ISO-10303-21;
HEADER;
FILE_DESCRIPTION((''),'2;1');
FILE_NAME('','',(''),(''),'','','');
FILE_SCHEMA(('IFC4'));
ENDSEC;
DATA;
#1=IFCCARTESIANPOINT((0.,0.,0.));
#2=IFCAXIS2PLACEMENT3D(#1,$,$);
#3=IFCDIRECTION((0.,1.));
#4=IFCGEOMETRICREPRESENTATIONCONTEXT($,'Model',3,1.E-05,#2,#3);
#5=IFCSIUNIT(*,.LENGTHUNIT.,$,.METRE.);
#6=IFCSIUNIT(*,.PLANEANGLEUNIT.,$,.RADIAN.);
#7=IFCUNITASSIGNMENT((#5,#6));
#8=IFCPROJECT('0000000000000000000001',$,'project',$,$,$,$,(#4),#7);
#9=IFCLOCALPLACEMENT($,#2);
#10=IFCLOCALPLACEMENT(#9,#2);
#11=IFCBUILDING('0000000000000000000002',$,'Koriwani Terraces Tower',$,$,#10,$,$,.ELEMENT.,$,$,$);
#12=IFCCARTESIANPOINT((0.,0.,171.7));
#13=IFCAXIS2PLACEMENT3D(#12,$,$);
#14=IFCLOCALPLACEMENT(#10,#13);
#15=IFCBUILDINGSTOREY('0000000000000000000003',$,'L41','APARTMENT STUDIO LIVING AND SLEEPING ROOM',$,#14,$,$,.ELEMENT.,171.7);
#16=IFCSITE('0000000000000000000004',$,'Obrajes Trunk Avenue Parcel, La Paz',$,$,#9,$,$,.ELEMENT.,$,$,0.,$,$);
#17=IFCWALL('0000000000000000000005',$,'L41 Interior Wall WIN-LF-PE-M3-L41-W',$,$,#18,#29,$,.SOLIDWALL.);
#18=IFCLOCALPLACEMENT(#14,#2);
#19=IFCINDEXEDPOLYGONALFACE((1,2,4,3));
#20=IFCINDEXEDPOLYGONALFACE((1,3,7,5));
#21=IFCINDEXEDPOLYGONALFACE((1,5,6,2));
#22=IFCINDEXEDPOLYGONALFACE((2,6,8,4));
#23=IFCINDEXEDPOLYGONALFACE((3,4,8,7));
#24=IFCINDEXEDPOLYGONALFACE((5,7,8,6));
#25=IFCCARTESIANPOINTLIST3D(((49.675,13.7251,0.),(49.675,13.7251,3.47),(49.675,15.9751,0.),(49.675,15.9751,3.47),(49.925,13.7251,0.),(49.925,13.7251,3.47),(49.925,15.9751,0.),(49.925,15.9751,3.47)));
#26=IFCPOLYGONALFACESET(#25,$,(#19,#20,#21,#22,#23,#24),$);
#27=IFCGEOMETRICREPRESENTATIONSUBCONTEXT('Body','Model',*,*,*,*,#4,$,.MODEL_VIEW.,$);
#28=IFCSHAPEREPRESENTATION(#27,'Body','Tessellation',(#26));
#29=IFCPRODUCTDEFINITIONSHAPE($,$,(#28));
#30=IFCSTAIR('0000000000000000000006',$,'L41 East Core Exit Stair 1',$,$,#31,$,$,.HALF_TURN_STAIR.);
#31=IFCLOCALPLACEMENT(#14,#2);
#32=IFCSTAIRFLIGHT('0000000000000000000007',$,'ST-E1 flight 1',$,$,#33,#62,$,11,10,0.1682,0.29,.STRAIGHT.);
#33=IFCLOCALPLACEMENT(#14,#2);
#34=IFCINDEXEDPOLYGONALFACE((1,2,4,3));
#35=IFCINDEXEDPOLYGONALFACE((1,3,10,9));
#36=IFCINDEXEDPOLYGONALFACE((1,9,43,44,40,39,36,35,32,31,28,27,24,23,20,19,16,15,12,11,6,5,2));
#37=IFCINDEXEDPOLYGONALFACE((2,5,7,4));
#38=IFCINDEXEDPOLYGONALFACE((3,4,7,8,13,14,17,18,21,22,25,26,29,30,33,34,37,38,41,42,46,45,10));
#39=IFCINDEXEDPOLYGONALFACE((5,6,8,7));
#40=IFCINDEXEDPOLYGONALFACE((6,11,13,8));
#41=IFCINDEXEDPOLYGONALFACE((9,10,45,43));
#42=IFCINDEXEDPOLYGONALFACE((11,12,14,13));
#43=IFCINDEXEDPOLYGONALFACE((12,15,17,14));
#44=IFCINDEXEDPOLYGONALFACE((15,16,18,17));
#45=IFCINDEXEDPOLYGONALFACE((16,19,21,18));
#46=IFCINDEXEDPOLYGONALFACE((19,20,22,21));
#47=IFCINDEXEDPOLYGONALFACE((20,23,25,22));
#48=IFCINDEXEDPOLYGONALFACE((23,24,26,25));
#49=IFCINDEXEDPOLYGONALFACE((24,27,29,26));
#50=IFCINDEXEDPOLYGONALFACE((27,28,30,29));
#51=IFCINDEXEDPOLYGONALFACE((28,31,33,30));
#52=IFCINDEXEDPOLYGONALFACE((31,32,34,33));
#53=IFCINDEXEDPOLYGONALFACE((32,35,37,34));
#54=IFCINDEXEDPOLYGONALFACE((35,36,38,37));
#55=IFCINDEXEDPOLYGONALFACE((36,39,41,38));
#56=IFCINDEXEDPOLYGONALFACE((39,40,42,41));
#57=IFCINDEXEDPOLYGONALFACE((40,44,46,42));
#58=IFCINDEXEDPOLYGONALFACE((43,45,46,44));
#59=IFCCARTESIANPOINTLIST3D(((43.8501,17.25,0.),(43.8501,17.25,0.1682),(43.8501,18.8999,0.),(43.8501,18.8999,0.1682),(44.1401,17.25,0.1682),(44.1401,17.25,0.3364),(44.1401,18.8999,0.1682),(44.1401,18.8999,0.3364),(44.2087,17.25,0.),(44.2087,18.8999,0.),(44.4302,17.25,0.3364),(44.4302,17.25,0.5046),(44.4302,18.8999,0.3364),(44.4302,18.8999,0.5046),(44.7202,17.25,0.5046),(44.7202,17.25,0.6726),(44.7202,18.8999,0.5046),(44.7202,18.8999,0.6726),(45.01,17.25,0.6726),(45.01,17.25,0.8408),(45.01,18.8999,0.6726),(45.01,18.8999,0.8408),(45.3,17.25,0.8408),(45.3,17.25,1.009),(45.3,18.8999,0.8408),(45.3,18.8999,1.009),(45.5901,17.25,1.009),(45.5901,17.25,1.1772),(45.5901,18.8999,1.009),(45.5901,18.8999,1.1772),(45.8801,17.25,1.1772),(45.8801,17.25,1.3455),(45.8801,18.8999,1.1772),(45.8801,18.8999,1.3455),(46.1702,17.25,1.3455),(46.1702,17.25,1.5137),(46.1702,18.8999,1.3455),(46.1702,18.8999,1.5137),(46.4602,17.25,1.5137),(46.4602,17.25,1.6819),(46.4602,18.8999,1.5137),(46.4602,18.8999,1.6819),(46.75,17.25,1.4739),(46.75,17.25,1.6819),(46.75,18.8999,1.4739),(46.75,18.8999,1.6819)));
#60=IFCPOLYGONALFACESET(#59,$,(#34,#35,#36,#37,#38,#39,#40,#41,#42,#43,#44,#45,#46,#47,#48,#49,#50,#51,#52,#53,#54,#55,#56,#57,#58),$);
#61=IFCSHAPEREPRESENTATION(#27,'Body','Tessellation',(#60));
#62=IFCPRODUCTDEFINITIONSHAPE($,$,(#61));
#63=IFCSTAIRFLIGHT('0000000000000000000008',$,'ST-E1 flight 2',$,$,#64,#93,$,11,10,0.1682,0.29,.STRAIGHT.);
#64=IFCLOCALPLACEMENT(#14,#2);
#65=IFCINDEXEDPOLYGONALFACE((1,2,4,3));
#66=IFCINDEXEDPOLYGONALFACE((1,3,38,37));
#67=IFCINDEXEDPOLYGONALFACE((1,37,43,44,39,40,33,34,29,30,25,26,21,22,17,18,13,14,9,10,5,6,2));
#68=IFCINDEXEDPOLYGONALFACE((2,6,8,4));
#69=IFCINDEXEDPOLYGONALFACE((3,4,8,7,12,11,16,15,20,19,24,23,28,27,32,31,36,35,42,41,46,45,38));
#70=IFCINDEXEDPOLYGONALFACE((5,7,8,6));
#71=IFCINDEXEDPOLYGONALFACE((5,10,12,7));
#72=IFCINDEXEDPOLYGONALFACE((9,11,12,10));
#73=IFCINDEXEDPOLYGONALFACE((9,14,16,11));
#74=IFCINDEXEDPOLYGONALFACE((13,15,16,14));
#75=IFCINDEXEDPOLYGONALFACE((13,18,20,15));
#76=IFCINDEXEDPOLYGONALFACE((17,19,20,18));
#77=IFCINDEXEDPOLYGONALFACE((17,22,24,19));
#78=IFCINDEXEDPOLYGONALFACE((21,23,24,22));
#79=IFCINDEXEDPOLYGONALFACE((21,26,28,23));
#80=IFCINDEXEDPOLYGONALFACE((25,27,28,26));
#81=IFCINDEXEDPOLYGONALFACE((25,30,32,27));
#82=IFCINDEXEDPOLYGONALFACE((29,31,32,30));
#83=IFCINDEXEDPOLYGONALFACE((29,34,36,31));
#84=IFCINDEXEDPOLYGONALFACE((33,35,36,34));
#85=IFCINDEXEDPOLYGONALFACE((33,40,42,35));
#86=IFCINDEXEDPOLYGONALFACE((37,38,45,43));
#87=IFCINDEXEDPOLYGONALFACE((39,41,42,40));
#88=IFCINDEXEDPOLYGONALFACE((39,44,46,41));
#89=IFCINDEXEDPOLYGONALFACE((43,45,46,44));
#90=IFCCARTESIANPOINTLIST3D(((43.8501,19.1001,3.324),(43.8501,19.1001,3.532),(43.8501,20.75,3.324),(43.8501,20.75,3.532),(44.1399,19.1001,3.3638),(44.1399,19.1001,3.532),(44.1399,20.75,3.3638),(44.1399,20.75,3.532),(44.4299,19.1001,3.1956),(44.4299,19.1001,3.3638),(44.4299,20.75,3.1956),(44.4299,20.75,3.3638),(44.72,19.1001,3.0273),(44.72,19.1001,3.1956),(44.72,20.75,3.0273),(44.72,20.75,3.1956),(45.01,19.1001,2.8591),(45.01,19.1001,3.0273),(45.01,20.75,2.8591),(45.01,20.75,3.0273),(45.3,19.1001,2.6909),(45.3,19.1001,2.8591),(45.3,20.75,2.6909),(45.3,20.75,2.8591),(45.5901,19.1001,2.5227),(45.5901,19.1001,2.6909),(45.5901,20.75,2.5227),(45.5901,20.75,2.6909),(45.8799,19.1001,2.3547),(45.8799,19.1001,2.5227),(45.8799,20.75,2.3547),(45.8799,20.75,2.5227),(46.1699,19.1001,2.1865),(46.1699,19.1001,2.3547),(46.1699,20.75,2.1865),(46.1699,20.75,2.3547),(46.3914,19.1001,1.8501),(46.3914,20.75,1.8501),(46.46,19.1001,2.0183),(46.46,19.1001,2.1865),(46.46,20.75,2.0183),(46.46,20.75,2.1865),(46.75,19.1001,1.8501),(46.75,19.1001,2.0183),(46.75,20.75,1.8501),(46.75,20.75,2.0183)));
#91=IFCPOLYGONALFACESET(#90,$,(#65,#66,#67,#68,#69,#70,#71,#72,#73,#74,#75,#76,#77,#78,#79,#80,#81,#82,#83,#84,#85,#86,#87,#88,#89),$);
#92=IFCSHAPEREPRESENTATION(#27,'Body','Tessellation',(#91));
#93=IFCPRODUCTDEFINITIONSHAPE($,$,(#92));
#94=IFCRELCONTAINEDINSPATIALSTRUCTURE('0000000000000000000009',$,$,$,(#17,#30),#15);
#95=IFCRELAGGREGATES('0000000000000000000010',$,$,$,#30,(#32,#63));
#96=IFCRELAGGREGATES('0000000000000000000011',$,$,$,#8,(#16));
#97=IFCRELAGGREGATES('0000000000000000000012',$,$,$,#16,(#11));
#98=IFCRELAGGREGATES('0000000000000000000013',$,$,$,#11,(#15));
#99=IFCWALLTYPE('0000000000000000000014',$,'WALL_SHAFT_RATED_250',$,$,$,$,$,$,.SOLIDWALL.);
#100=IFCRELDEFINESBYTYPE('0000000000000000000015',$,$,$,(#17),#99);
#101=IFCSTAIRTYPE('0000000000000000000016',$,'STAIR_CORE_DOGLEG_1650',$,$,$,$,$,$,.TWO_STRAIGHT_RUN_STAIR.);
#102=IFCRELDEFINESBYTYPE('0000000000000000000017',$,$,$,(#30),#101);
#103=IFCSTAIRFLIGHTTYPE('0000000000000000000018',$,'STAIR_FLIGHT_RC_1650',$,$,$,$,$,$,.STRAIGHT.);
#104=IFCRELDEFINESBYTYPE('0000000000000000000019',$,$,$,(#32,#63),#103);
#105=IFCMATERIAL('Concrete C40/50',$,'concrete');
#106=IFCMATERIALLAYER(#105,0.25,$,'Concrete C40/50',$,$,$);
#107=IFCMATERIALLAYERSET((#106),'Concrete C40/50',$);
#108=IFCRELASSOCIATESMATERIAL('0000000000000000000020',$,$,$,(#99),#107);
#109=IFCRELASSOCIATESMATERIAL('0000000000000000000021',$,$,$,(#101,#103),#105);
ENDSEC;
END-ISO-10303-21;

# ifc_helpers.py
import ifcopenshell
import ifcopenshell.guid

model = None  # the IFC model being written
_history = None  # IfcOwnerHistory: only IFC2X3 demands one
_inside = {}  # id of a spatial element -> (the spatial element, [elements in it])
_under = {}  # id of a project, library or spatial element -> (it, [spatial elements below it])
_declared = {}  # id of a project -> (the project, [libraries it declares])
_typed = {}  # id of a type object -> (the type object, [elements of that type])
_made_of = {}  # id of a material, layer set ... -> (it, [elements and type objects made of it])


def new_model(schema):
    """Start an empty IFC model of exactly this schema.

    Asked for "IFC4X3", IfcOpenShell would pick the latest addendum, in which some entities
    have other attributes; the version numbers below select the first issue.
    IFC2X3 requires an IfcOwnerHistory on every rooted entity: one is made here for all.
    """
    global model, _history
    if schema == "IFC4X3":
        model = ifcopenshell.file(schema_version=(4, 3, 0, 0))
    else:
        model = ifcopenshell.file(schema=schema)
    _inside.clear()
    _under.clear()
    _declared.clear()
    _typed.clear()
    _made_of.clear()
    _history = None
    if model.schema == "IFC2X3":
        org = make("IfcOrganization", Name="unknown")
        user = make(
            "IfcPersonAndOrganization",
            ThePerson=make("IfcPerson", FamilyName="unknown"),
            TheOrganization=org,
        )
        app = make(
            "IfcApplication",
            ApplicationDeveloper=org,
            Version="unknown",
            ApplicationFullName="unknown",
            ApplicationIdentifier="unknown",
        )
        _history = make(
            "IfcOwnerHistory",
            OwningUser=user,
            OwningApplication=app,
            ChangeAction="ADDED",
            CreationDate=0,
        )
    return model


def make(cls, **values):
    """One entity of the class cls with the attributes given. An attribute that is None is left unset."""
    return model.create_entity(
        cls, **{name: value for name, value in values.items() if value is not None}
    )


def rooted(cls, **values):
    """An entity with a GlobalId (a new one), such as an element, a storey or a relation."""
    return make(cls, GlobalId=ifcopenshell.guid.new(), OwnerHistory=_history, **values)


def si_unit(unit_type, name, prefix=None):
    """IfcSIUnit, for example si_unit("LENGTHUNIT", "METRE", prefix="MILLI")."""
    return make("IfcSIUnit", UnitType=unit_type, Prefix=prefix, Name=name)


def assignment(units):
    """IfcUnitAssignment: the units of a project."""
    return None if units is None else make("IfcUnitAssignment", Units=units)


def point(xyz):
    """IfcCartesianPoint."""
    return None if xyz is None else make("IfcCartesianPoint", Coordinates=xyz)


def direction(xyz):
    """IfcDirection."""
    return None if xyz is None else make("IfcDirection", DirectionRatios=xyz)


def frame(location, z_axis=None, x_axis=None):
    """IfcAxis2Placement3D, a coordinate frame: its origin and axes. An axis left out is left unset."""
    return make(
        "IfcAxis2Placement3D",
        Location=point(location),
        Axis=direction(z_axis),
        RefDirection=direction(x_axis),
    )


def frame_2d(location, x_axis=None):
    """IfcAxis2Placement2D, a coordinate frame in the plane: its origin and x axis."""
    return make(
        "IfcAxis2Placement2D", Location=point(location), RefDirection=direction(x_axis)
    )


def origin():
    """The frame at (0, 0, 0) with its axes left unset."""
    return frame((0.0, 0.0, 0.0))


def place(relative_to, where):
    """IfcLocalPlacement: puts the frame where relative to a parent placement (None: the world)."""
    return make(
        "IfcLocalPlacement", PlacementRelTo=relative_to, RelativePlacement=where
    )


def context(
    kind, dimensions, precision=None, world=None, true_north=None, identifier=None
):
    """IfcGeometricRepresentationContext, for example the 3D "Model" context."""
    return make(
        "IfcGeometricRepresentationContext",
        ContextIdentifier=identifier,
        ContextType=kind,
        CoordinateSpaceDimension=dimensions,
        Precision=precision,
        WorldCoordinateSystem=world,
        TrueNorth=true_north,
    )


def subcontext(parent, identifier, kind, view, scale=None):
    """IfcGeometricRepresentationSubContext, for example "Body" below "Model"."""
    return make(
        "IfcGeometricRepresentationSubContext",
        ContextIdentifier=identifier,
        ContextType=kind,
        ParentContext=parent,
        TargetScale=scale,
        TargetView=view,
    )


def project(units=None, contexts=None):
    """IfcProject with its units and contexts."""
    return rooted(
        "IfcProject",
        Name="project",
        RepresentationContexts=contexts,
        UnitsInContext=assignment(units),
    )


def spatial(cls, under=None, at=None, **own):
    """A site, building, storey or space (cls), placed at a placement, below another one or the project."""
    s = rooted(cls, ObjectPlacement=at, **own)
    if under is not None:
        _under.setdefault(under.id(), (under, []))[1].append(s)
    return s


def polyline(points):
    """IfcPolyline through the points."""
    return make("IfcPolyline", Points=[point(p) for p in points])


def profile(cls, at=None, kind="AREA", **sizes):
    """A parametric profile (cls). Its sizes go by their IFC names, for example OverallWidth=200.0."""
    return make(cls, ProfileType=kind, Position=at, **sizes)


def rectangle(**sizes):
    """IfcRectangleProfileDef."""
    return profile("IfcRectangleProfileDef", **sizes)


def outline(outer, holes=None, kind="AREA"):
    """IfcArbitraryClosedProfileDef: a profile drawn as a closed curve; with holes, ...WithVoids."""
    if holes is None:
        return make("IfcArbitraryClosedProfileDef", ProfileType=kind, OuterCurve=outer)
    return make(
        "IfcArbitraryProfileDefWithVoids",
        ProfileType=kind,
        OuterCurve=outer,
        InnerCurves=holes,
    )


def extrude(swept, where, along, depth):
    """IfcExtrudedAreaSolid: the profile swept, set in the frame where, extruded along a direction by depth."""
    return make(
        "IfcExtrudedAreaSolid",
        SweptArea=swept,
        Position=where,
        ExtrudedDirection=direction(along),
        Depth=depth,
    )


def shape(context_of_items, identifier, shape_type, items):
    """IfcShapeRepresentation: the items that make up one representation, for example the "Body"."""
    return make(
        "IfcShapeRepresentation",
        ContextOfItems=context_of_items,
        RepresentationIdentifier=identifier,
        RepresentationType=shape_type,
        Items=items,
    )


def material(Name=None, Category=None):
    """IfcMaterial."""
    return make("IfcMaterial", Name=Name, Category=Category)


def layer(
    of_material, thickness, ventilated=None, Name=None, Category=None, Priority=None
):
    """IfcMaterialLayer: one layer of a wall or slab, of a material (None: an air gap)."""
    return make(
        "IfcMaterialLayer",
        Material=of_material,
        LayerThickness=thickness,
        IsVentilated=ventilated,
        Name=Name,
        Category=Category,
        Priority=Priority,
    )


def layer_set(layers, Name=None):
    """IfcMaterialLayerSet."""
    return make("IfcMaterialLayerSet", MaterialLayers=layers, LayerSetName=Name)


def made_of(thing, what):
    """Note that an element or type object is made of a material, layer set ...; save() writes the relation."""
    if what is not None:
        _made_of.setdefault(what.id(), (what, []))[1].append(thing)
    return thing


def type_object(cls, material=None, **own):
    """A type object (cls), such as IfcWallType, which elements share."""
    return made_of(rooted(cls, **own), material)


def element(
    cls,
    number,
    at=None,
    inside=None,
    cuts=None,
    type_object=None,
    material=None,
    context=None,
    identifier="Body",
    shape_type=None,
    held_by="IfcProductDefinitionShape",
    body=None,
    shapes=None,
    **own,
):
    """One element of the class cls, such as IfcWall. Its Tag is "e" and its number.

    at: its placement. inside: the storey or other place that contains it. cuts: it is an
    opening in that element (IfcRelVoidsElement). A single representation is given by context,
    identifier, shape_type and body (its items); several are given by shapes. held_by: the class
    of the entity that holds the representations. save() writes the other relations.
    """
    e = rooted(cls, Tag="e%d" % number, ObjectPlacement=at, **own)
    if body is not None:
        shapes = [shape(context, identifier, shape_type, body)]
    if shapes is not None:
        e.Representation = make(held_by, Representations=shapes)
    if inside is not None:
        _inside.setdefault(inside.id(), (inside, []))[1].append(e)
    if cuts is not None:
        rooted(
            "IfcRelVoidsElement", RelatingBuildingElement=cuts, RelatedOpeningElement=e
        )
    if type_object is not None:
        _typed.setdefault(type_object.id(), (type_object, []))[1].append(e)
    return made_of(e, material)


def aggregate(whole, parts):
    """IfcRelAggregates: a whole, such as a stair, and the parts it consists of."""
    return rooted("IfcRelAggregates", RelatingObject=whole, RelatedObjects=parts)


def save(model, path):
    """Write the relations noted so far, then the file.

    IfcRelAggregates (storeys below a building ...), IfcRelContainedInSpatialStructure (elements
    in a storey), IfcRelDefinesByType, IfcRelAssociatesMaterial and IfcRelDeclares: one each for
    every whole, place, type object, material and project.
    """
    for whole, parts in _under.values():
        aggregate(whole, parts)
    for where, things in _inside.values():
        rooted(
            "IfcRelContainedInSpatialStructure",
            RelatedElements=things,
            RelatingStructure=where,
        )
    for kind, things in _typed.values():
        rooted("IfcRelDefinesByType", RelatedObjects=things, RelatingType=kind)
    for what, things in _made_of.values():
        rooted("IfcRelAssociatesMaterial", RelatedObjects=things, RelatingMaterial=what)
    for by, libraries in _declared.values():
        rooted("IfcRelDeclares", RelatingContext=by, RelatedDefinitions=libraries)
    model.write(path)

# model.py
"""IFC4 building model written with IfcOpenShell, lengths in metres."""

from ifc_helpers import new_model, si_unit, direction, frame, frame_2d, origin, place, context, subcontext, project, spatial, polyline, rectangle, outline, extrude, material, layer, layer_set, type_object, element, aggregate, save


model = new_model("IFC4")

# Units and contexts
model_context = context("Model", 3, precision=1e-05, world=origin(), true_north=direction((0.0, 1.0)))
body_context = subcontext(model_context, "Body", "Model", "MODEL_VIEW")
ifc_project = project(units=[si_unit("LENGTHUNIT", "METRE"), si_unit("PLANEANGLEUNIT", "RADIAN")], contexts=[model_context])

# Site, building, storey
site_placement = place(None, origin())
site = spatial("IfcSite", under=ifc_project, at=site_placement, Name="Obrajes Trunk Avenue Parcel, La Paz", CompositionType="ELEMENT", RefElevation=0.0)
building_placement = place(site_placement, origin())
building = spatial("IfcBuilding", under=site, at=building_placement, Name="Koriwani Terraces Tower", CompositionType="ELEMENT")
storey_placement = place(building_placement, frame((0.0, 0.0, 171.7)))
storey = spatial("IfcBuildingStorey", under=building, at=storey_placement, Name="L41", Description="APARTMENT STUDIO LIVING AND SLEEPING ROOM", CompositionType="ELEMENT", Elevation=171.7)

# Shared definitions
ifc_material_1 = material(Name="Concrete C40/50", Category="concrete")

# Shared definitions
ifc_layer_1 = layer(ifc_material_1, 0.25, Name="Concrete C40/50")
ifc_layer_set_1 = layer_set([ifc_layer_1], Name="Concrete C40/50")
wall_type_1 = type_object("IfcWallType", Name="WALL_SHAFT_RATED_250", PredefinedType="SOLIDWALL", material=ifc_layer_set_1)

# Wall
for number, where, z_axis, x_axis, name in (
    (1, (49.8, 13.7251, 0.0), (0.0, 0.0, 1.0), (0.0, 1.0, 0.0), "L41 Interior Wall WIN-LF-PE-M3-L41-W"),
):
    element("IfcWall", number, at=place(storey_placement, frame(where, z_axis=z_axis, x_axis=x_axis)), inside=storey, type_object=wall_type_1, Name=name, PredefinedType="SOLIDWALL", context=body_context, shape_type="SweptSolid", body=[
        extrude(rectangle(XDim=2.25, YDim=0.25, at=frame_2d((1.125, 0.0))), origin(), (0.0, 0.0, 1.0), 3.47),
    ])

# Stair, stair flights
stair_type = type_object("IfcStairType", Name="STAIR_CORE_DOGLEG_1650", PredefinedType="TWO_STRAIGHT_RUN_STAIR", material=ifc_material_1)
stair_placement = place(storey_placement, origin())
stair = element("IfcStair", 2, at=stair_placement, inside=storey, type_object=stair_type, Name="L41 East Core Exit Stair 1", PredefinedType="HALF_TURN_STAIR")
stair_flight_type = type_object("IfcStairFlightType", Name="STAIR_FLIGHT_RC_1650", PredefinedType="STRAIGHT", material=ifc_material_1)
stair_flight_1_placement = place(storey_placement, frame((43.8501, 18.075, 0.0), z_axis=(0.0, 0.0, 1.0), x_axis=(1.0, 0.0, 0.0)))
stair_flight_1 = element("IfcStairFlight", 3, at=stair_flight_1_placement, type_object=stair_flight_type, Name="ST-E1 flight 1", NumberOfRisers=11, NumberOfTreads=10, PredefinedType="STRAIGHT", RiserHeight=0.1682, TreadLength=0.29, context=body_context, shape_type="SweptSolid", body=[
    extrude(outline(polyline([(0.0, 0.0), (0.0, 0.1682), (0.29, 0.1682), (0.29, 0.3364), (0.5801, 0.3364), (0.5801, 0.5046), (0.8701, 0.5046), (0.8701, 0.6726), (1.1599, 0.6726), (1.1599, 0.8408), (1.45, 0.8408), (1.45, 1.009), (1.74, 1.009), (1.74, 1.1772), (2.03, 1.1772), (2.03, 1.3455), (2.3201, 1.3455), (2.3201, 1.5137), (2.6101, 1.5137), (2.6101, 1.6819), (2.8999, 1.6819), (2.8999, 1.8501), (2.8999, 1.4739), (0.3586, 0.0), (0.0, 0.0)])), frame((0.0, 0.825, 0.0), z_axis=(0.0, -1.0, 0.0), x_axis=(1.0, 0.0, 0.0)), (0.0, 0.0, 1.0), 1.6499),
])
stair_flight_2_placement = place(storey_placement, frame((46.75, 19.925, 1.8501), z_axis=(0.0, 0.0, 1.0), x_axis=(-1.0, 0.0, 0.0)))
stair_flight_2 = element("IfcStairFlight", 4, at=stair_flight_2_placement, type_object=stair_flight_type, Name="ST-E1 flight 2", NumberOfRisers=11, NumberOfTreads=10, PredefinedType="STRAIGHT", RiserHeight=0.1682, TreadLength=0.29, context=body_context, shape_type="SweptSolid", body=[
    extrude(outline(polyline([(0.0, 0.0), (0.0, 0.1682), (0.29, 0.1682), (0.29, 0.3364), (0.5801, 0.3364), (0.5801, 0.5046), (0.8701, 0.5046), (0.8701, 0.6726), (1.1599, 0.6726), (1.1599, 0.8408), (1.45, 0.8408), (1.45, 1.009), (1.74, 1.009), (1.74, 1.1772), (2.03, 1.1772), (2.03, 1.3455), (2.3201, 1.3455), (2.3201, 1.5137), (2.6101, 1.5137), (2.6101, 1.6819), (2.8999, 1.6819), (2.8999, 1.8501), (2.8999, 1.4739), (0.3586, 0.0), (0.0, 0.0)])), frame((0.0, 0.825, 0.0), z_axis=(0.0, -1.0, 0.0), x_axis=(1.0, 0.0, 0.0)), (0.0, 0.0, 1.0), 1.6499),
])
aggregate(stair, [stair_flight_1, stair_flight_2])

save(model, "model.ifc")
